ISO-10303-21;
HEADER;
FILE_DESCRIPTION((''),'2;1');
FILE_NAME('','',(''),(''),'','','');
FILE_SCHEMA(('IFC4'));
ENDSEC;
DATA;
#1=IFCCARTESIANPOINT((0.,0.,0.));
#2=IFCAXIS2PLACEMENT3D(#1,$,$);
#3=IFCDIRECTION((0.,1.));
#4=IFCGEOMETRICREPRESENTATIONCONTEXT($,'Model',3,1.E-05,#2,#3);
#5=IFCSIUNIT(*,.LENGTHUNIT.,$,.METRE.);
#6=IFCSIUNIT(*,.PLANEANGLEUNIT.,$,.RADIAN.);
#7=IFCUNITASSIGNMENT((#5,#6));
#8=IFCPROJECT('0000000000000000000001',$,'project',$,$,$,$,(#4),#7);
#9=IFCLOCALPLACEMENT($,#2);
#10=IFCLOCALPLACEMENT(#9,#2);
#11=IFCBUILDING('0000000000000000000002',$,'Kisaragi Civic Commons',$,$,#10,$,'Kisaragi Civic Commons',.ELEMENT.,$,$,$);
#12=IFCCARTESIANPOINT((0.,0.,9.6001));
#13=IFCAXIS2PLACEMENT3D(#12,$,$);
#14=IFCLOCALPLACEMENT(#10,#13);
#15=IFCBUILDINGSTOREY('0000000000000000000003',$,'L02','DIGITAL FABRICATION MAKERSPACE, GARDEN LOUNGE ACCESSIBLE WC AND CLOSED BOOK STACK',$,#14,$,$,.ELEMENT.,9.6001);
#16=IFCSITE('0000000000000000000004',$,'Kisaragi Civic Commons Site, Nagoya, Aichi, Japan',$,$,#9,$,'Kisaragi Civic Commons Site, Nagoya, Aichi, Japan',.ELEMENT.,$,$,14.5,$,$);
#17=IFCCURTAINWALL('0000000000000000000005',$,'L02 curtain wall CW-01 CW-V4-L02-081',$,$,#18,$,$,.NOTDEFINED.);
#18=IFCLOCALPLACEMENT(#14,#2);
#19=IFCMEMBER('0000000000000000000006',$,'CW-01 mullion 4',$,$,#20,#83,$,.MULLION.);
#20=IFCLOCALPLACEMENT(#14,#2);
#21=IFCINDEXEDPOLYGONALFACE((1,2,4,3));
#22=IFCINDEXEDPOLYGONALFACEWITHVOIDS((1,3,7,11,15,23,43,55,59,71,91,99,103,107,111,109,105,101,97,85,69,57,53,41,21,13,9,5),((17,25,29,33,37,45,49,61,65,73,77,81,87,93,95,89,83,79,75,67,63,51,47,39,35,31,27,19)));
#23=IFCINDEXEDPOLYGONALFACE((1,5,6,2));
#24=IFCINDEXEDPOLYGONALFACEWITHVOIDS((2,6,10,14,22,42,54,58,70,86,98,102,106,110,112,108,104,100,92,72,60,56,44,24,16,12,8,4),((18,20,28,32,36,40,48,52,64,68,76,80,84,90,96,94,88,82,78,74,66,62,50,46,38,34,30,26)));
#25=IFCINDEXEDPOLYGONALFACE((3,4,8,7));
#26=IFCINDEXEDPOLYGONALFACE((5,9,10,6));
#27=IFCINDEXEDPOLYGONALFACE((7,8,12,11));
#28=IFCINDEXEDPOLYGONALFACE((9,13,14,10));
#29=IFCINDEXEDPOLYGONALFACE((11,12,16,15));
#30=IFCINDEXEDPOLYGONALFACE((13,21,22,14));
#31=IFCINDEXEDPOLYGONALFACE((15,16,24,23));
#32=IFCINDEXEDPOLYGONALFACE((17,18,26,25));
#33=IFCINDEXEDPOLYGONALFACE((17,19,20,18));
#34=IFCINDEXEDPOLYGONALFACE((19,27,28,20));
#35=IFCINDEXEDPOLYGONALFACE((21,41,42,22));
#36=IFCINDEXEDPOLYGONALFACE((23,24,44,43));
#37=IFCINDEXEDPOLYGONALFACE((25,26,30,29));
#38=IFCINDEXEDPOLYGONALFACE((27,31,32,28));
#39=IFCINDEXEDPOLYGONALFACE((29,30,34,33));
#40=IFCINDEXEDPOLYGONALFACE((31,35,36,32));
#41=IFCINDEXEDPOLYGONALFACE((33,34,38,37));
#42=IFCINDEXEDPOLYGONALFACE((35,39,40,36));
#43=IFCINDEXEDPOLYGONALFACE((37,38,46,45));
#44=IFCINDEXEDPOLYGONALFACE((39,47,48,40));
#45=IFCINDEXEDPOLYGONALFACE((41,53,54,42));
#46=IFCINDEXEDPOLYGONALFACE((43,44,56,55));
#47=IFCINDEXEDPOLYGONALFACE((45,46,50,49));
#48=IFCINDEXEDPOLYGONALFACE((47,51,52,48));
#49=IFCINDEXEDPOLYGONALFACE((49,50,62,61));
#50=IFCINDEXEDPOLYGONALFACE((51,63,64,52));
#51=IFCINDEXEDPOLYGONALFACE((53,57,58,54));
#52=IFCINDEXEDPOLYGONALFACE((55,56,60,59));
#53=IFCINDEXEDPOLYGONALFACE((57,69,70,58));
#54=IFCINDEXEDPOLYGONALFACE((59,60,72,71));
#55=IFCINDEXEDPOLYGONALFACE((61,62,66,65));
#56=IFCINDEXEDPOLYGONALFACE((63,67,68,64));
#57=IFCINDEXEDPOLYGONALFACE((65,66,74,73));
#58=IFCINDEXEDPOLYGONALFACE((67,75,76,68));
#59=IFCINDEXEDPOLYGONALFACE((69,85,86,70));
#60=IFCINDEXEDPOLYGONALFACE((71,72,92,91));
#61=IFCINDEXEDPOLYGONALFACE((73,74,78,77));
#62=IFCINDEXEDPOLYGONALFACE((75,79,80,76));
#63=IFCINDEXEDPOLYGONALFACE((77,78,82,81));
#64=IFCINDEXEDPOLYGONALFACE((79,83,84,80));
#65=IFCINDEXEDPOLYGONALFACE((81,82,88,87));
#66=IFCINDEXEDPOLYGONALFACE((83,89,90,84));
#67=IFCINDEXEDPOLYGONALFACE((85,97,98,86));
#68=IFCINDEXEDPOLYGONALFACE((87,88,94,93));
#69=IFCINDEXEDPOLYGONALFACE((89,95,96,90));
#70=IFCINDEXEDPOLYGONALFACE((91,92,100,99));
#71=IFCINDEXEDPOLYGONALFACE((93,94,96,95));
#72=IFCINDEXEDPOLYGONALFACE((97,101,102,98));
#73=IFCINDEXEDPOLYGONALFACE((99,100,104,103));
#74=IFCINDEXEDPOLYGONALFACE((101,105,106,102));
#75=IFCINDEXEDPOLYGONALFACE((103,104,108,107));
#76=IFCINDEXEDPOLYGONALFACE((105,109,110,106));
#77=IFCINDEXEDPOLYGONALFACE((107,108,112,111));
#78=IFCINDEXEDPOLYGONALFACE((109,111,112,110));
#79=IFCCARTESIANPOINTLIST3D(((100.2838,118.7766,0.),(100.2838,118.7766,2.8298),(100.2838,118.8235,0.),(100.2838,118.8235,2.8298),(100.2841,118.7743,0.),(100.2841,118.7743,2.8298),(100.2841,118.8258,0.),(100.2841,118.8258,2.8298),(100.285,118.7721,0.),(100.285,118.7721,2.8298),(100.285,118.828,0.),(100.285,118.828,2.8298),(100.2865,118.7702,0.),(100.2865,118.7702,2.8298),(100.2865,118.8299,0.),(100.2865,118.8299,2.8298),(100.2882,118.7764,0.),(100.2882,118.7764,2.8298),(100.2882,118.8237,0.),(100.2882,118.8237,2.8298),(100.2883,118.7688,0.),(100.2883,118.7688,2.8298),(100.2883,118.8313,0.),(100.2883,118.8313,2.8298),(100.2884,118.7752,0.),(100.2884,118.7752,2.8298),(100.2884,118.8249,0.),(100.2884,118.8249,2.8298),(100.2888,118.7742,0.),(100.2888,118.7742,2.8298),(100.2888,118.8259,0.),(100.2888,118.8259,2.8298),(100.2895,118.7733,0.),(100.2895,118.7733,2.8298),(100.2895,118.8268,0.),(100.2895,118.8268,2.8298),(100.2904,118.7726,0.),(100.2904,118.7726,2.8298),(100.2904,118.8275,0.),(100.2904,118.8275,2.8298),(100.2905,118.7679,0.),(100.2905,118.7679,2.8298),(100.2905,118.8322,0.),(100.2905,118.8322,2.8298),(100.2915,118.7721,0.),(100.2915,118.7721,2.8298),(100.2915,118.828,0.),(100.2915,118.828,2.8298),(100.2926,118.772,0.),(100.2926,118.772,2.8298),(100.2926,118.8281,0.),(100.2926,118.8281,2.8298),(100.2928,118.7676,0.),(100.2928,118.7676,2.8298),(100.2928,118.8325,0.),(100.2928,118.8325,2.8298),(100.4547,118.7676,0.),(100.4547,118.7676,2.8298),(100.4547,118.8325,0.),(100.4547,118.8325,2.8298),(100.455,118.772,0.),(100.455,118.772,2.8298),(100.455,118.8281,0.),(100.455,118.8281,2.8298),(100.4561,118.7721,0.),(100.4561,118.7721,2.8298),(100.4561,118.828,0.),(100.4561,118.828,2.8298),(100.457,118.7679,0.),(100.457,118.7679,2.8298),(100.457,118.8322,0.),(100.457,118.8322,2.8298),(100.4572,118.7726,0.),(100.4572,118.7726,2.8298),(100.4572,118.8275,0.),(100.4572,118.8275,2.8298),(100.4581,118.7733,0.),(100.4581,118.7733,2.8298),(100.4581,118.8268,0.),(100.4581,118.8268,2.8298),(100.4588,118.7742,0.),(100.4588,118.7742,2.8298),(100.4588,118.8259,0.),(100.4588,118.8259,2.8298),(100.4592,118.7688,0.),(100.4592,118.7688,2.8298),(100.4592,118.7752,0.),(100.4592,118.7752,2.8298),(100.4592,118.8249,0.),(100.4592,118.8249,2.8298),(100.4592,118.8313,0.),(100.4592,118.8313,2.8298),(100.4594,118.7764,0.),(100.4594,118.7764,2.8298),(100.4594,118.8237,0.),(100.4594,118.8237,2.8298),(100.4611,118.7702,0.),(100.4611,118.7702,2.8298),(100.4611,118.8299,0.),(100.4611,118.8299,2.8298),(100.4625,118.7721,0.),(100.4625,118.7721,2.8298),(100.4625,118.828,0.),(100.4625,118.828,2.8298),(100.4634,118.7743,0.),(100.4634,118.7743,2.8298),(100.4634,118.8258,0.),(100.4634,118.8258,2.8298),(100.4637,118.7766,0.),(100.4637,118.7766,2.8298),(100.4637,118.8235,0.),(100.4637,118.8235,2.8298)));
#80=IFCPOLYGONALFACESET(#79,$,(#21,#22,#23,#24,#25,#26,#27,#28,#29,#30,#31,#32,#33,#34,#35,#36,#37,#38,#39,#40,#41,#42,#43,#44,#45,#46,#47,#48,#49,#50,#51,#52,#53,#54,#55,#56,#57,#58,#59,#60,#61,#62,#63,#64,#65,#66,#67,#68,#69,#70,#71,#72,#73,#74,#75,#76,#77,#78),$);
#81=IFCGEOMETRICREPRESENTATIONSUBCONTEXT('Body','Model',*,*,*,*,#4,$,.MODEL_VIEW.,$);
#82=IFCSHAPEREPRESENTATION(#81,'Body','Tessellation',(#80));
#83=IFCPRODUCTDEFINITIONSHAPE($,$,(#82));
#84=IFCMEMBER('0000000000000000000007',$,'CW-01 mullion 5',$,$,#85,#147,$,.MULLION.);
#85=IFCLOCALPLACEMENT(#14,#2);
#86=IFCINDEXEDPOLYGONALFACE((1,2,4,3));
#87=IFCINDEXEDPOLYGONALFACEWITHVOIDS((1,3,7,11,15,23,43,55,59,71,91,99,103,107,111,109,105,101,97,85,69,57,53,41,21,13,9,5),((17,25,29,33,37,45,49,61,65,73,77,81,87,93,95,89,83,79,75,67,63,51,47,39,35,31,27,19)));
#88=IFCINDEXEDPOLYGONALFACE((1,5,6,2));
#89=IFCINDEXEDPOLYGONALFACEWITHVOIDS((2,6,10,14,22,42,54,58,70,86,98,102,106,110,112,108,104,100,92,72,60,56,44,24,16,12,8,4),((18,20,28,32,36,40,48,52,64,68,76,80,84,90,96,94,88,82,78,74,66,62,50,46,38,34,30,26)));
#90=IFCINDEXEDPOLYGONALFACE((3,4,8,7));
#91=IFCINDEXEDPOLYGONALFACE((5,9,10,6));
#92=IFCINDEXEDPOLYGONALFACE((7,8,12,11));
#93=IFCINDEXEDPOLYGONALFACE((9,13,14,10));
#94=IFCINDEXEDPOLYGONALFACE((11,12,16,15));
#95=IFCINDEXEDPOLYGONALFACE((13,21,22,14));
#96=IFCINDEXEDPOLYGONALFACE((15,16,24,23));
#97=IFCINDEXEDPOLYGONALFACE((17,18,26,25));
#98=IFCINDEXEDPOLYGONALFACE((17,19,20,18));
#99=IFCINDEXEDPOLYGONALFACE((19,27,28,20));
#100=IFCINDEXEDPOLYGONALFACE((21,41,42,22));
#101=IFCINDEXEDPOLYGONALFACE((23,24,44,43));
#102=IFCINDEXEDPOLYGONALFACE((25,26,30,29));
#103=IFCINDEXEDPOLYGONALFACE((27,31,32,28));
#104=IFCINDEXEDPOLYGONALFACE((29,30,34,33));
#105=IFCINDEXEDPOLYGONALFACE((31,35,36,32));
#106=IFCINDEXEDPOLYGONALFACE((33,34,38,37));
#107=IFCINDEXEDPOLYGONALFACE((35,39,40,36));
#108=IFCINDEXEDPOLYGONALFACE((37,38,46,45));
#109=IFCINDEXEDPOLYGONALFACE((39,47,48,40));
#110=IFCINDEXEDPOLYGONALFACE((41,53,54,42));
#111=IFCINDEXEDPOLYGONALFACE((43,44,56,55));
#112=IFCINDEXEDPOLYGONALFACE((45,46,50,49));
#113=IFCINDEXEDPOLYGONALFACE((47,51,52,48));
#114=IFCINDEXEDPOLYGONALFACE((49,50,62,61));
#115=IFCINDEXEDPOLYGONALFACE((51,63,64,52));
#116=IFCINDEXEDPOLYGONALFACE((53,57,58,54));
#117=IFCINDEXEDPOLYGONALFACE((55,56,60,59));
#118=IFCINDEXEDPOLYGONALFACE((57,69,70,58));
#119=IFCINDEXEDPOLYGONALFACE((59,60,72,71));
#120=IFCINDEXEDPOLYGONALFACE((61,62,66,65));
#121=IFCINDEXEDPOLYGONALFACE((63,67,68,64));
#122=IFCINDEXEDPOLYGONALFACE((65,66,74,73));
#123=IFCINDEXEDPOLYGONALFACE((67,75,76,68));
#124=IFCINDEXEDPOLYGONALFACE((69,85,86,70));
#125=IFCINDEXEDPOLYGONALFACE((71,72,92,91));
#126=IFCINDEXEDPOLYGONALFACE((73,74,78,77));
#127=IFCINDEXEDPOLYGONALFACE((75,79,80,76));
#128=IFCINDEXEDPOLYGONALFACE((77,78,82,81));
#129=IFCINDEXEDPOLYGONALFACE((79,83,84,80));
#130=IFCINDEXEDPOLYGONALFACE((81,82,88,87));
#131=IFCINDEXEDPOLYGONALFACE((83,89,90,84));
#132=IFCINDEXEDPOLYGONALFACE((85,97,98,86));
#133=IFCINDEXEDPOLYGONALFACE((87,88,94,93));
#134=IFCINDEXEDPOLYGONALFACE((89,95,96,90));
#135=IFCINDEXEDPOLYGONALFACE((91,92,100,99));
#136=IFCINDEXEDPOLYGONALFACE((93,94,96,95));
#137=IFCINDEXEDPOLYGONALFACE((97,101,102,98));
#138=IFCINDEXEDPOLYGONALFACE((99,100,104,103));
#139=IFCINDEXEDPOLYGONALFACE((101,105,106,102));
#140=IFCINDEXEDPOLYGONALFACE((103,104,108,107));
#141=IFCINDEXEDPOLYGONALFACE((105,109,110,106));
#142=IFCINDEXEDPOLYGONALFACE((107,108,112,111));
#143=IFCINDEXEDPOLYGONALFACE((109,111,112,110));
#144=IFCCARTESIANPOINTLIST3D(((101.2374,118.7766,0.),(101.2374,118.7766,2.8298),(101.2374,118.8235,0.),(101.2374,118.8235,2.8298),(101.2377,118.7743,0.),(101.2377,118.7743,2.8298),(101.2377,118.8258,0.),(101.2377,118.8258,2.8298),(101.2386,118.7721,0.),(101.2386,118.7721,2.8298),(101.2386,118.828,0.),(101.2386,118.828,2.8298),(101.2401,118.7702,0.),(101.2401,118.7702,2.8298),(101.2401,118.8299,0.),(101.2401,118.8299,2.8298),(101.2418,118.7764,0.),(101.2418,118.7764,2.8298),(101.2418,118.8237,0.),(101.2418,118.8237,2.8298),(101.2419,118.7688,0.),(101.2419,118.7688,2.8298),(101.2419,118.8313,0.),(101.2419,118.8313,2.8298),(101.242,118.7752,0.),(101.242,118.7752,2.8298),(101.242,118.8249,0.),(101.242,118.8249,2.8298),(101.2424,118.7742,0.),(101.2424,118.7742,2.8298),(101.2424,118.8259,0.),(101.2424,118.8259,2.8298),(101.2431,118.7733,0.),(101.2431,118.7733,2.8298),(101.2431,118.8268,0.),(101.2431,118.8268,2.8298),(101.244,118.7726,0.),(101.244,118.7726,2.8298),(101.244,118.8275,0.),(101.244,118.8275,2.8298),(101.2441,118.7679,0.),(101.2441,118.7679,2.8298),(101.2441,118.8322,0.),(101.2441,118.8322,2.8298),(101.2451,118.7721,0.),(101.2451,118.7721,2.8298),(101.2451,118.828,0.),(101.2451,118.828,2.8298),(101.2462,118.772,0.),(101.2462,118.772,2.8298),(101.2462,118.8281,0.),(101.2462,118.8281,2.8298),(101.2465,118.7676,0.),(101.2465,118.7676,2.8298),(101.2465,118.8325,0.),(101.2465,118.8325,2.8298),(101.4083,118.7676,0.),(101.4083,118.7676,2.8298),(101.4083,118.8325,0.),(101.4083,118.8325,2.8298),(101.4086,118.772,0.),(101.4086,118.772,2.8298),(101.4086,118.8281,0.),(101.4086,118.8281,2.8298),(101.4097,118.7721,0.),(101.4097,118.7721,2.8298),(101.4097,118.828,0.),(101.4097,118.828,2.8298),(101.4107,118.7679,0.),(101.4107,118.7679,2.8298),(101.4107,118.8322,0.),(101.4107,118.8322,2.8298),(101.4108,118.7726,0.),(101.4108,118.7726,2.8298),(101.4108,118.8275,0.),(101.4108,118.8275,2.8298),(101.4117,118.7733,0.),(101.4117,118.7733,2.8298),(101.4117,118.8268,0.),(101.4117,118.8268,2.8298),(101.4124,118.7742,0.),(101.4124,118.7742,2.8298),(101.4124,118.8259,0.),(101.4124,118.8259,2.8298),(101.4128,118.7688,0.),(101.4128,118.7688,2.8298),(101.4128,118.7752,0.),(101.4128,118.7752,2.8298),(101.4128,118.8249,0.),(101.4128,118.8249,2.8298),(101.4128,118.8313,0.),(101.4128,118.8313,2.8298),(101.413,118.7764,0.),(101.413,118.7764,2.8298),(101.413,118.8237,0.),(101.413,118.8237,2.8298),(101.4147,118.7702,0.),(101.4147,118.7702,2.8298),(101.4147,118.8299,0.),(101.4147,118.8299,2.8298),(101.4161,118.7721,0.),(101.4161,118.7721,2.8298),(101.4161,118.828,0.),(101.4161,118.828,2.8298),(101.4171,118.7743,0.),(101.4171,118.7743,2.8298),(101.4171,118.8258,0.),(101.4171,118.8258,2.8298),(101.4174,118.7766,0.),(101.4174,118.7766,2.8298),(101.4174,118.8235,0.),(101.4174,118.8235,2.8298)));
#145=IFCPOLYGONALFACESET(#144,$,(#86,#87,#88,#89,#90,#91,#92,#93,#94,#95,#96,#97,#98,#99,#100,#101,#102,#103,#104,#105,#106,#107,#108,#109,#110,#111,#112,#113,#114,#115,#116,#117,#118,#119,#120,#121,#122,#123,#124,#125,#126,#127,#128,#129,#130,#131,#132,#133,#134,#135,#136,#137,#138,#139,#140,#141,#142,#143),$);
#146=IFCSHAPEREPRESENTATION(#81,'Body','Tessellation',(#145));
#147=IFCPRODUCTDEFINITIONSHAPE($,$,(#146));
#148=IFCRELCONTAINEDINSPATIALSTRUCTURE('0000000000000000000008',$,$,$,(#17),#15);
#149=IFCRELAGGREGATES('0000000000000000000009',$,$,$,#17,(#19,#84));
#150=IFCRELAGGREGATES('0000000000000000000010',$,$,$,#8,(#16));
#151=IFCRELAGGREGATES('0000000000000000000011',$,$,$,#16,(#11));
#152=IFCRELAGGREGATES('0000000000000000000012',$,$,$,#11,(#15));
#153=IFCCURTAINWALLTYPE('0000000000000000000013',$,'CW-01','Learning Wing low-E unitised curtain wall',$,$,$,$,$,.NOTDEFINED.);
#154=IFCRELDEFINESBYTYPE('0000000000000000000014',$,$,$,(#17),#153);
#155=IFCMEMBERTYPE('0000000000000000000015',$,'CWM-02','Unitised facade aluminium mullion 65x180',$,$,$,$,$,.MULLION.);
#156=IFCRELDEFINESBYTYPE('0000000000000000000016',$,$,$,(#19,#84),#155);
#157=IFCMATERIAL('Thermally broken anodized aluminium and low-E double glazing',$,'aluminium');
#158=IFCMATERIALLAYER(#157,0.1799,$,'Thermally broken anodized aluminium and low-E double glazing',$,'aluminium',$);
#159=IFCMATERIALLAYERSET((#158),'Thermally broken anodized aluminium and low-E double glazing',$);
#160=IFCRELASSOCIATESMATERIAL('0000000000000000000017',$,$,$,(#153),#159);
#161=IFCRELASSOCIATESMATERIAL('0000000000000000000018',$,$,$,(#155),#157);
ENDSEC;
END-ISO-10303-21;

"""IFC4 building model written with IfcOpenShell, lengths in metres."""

from ifc_helpers import new_model, si_unit, direction, frame, origin, origin_2d, place, context, subcontext, project, spatial, hollow_rectangle, extrude, material, layer, layer_set, material_profile, profile_set, type_object, element, aggregate, save


model = new_model("IFC4")

# Units and contexts
model_context = context("Model", 3, precision=1e-05, world=origin(), true_north=direction((0.0, 1.0)))
body_context = subcontext(model_context, "Body", "Model", "MODEL_VIEW")
ifc_project = project(units=[si_unit("LENGTHUNIT", "METRE"), si_unit("PLANEANGLEUNIT", "RADIAN")], contexts=[model_context])

# Site, building, storey
site_placement = place(None, origin())
site = spatial("IfcSite", under=ifc_project, at=site_placement, Name="Kisaragi Civic Commons Site, Nagoya, Aichi, Japan", LongName="Kisaragi Civic Commons Site, Nagoya, Aichi, Japan", CompositionType="ELEMENT", RefElevation=14.5)
building_placement = place(site_placement, origin())
building = spatial("IfcBuilding", under=site, at=building_placement, Name="Kisaragi Civic Commons", LongName="Kisaragi Civic Commons", CompositionType="ELEMENT")
storey_placement = place(building_placement, frame((0.0, 0.0, 9.6001)))
storey = spatial("IfcBuildingStorey", under=building, at=storey_placement, Name="L02", Description="DIGITAL FABRICATION MAKERSPACE, GARDEN LOUNGE ACCESSIBLE WC AND CLOSED BOOK STACK", CompositionType="ELEMENT", Elevation=9.6001)

# Curtain wall, members
ifc_material = material(Name="Thermally broken anodized aluminium and low-E double glazing", Category="aluminium")
ifc_layer_1 = layer(ifc_material, 0.1799, Name="Thermally broken anodized aluminium and low-E double glazing", Category="aluminium")
ifc_layer_set_1 = layer_set([ifc_layer_1], Name="Thermally broken anodized aluminium and low-E double glazing")
curtain_wall_type = type_object("IfcCurtainWallType", Name="CW-01", Description="Learning Wing low-E unitised curtain wall", PredefinedType="NOTDEFINED", material=ifc_layer_set_1)
curtain_wall_1_placement = place(storey_placement, origin())
curtain_wall_1 = element("IfcCurtainWall", 1, at=curtain_wall_1_placement, inside=storey, type_object=curtain_wall_type, Name="L02 curtain wall CW-01 CW-V4-L02-081", PredefinedType="NOTDEFINED")
ifc_material_profile_1 = material_profile(ifc_material, hollow_rectangle(XDim=0.0649, YDim=0.1799, WallThickness=0.0044, InnerFilletRadius=0.0044, OuterFilletRadius=0.009, at=origin_2d()), Name="CWM-65x180x4.5", Category="aluminium")
ifc_profile_set_1 = profile_set([ifc_material_profile_1], Name="Thermally broken anodized aluminium and low-E double glazing")
member_type_1 = type_object("IfcMemberType", Name="CWM-02", Description="Unitised facade aluminium mullion 65x180", PredefinedType="MULLION", material=ifc_profile_set_1)
member_1_placement = place(storey_placement, frame((100.3738, 118.8, 0.0), z_axis=(0.0, 0.0, 1.0), x_axis=(0.0, 1.0, 0.0)))
member_1 = element("IfcMember", 2, at=member_1_placement, type_object=member_type_1, Name="CW-01 mullion 4", PredefinedType="MULLION", context=body_context, shape_type="SweptSolid", body=[
    extrude(hollow_rectangle(XDim=0.0649, YDim=0.1799, WallThickness=0.0044, InnerFilletRadius=0.0044, OuterFilletRadius=0.009, at=origin_2d()), origin(), (0.0, 0.0, 1.0), 2.8298),
])
member_2_placement = place(storey_placement, frame((101.3274, 118.8, 0.0), z_axis=(0.0, 0.0, 1.0), x_axis=(0.0, 1.0, 0.0)))
member_2 = element("IfcMember", 3, at=member_2_placement, type_object=member_type_1, Name="CW-01 mullion 5", PredefinedType="MULLION", context=body_context, shape_type="SweptSolid", body=[
    extrude(hollow_rectangle(XDim=0.0649, YDim=0.1799, WallThickness=0.0044, InnerFilletRadius=0.0044, OuterFilletRadius=0.009, at=origin_2d()), origin(), (0.0, 0.0, 1.0), 2.8298),
])

aggregate(curtain_wall_1, [member_1, member_2])

save(model, "model.ifc")
